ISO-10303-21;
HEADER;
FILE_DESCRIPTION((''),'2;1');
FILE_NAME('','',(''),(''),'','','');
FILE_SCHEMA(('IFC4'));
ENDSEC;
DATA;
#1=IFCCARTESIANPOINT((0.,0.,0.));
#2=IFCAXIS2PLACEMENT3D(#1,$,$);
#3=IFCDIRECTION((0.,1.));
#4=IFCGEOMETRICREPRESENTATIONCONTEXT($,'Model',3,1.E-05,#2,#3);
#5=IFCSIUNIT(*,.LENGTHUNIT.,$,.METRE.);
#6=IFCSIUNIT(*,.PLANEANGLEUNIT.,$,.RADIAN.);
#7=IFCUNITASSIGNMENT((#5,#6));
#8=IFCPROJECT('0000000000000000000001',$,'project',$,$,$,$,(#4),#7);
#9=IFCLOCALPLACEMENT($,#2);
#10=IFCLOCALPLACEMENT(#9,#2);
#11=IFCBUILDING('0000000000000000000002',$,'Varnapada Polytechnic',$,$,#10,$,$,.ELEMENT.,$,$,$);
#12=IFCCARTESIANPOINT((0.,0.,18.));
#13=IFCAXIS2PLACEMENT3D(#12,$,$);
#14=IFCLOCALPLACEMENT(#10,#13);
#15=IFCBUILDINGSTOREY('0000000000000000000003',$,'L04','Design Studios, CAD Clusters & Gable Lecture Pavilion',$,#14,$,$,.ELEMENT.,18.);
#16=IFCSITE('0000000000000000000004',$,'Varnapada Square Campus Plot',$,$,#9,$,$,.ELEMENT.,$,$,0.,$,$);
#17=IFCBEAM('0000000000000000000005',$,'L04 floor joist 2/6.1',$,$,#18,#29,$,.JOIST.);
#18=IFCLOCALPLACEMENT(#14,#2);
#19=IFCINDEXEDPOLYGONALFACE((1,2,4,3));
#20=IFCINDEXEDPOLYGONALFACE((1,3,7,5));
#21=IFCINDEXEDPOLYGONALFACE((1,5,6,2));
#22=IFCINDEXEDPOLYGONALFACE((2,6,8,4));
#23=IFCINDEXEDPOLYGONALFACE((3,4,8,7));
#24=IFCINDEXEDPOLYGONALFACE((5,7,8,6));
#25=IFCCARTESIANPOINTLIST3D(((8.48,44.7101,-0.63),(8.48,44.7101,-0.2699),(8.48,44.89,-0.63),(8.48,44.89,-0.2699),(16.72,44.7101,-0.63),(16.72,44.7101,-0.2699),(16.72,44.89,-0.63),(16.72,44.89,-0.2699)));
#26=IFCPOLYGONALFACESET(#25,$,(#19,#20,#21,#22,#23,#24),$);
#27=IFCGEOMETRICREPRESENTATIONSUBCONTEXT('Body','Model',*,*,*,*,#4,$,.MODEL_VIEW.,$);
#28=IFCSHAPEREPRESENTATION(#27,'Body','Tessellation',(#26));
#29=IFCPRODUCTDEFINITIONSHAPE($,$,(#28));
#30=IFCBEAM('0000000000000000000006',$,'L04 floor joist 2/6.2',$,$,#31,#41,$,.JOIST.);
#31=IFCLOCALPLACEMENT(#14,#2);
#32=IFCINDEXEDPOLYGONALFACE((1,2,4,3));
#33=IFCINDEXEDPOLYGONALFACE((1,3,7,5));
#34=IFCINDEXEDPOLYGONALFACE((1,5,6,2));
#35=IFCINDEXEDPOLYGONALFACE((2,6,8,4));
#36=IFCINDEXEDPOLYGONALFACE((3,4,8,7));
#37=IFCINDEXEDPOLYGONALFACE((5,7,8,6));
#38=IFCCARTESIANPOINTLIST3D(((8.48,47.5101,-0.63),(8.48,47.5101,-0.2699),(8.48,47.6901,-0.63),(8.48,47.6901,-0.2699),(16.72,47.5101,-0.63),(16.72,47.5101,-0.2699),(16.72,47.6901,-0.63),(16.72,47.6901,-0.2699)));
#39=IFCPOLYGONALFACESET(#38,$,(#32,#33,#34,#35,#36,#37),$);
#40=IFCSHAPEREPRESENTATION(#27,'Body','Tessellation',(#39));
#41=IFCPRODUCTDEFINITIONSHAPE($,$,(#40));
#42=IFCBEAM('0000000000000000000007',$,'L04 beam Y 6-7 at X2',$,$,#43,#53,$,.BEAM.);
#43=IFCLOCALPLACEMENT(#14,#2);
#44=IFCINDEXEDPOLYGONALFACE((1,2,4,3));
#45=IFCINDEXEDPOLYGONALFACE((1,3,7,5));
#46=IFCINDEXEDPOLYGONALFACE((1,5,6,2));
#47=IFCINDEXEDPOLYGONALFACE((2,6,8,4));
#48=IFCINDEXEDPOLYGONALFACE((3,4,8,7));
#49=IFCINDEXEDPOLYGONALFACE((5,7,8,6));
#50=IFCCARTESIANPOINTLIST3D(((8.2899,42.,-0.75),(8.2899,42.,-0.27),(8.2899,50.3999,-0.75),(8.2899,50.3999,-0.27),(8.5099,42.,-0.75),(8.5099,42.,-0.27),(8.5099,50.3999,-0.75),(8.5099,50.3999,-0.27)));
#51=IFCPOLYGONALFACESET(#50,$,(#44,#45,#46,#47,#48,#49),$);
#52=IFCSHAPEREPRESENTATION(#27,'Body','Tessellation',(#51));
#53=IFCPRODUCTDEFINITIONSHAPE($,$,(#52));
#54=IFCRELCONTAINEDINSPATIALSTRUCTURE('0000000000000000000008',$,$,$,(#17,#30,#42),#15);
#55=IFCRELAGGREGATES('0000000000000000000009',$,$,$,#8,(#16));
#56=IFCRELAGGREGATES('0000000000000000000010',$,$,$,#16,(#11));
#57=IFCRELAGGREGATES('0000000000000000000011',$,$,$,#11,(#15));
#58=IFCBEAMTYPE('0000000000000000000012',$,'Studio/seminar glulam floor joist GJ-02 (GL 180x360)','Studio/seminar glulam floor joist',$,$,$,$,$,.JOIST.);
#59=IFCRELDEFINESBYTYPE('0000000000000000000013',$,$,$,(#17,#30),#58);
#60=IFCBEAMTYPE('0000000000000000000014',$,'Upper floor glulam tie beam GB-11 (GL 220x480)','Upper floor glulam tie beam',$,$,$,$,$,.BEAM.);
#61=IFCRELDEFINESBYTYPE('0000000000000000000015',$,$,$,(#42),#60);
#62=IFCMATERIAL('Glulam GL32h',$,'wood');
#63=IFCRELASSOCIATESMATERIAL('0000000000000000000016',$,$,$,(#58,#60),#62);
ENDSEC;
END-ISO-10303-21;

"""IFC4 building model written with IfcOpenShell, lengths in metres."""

from ifc_helpers import new_model, si_unit, direction, frame, origin, origin_2d, place, context, subcontext, project, spatial, rectangle, extrude, material, material_profile, profile_set, type_object, element, save


model = new_model("IFC4")

# Units and contexts
model_context = context("Model", 3, precision=1e-05, world=origin(), true_north=direction((0.0, 1.0)))
body_context = subcontext(model_context, "Body", "Model", "MODEL_VIEW")
ifc_project = project(units=[si_unit("LENGTHUNIT", "METRE"), si_unit("PLANEANGLEUNIT", "RADIAN")], contexts=[model_context])

# Site, building, storey
site_placement = place(None, origin())
site = spatial("IfcSite", under=ifc_project, at=site_placement, Name="Varnapada Square Campus Plot", CompositionType="ELEMENT", RefElevation=0.0)
building_placement = place(site_placement, origin())
building = spatial("IfcBuilding", under=site, at=building_placement, Name="Varnapada Polytechnic", CompositionType="ELEMENT")
storey_placement = place(building_placement, frame((0.0, 0.0, 18.0)))
storey = spatial("IfcBuildingStorey", under=building, at=storey_placement, Name="L04", Description="Design Studios, CAD Clusters & Gable Lecture Pavilion", CompositionType="ELEMENT", Elevation=18.0)

# Beams
ifc_material_1 = material(Name="Glulam GL32h", Category="wood")
ifc_material_profile_1 = material_profile(ifc_material_1, rectangle(XDim=0.1799, YDim=0.3601, at=origin_2d()), Name="GL 180x360")
ifc_profile_set_1 = profile_set([ifc_material_profile_1], Name="Glulam GL32h")
beam_type_1 = type_object("IfcBeamType", Name="Studio/seminar glulam floor joist GJ-02 (GL 180x360)", Description="Studio/seminar glulam floor joist", PredefinedType="JOIST", material=ifc_profile_set_1)
for number, where, z_axis, x_axis, name in (
    (1, (8.48, 44.8, -0.45), (1.0, 0.0, 0.0), (0.0, 1.0, 0.0), "L04 floor joist 2/6.1"),
    (2, (8.48, 47.6001, -0.45), (1.0, 0.0, 0.0), (0.0, 1.0, 0.0), "L04 floor joist 2/6.2"),
):
    element("IfcBeam", number, at=place(storey_placement, frame(where, z_axis=z_axis, x_axis=x_axis)), inside=storey, type_object=beam_type_1, Name=name, PredefinedType="JOIST", context=body_context, shape_type="SweptSolid", body=[
        extrude(rectangle(XDim=0.1799, YDim=0.3601, at=origin_2d()), origin(), (0.0, 0.0, 1.0), 8.24),
    ])
ifc_material_profile_2 = material_profile(ifc_material_1, rectangle(XDim=0.22, YDim=0.48, at=origin_2d()), Name="GL 220x480")
ifc_profile_set_2 = profile_set([ifc_material_profile_2], Name="Glulam GL32h")
beam_type_2 = type_object("IfcBeamType", Name="Upper floor glulam tie beam GB-11 (GL 220x480)", Description="Upper floor glulam tie beam", PredefinedType="BEAM", material=ifc_profile_set_2)
beam_placement = place(storey_placement, frame((8.3999, 42.0, -0.51), z_axis=(0.0, 1.0, 0.0), x_axis=(-1.0, 0.0, 0.0)))
element("IfcBeam", 3, at=beam_placement, inside=storey, type_object=beam_type_2, Name="L04 beam Y 6-7 at X2", PredefinedType="BEAM", context=body_context, shape_type="SweptSolid", body=[
    extrude(rectangle(XDim=0.22, YDim=0.48, at=origin_2d()), origin(), (0.0, 0.0, 1.0), 8.3999),
])

save(model, "model.ifc")
